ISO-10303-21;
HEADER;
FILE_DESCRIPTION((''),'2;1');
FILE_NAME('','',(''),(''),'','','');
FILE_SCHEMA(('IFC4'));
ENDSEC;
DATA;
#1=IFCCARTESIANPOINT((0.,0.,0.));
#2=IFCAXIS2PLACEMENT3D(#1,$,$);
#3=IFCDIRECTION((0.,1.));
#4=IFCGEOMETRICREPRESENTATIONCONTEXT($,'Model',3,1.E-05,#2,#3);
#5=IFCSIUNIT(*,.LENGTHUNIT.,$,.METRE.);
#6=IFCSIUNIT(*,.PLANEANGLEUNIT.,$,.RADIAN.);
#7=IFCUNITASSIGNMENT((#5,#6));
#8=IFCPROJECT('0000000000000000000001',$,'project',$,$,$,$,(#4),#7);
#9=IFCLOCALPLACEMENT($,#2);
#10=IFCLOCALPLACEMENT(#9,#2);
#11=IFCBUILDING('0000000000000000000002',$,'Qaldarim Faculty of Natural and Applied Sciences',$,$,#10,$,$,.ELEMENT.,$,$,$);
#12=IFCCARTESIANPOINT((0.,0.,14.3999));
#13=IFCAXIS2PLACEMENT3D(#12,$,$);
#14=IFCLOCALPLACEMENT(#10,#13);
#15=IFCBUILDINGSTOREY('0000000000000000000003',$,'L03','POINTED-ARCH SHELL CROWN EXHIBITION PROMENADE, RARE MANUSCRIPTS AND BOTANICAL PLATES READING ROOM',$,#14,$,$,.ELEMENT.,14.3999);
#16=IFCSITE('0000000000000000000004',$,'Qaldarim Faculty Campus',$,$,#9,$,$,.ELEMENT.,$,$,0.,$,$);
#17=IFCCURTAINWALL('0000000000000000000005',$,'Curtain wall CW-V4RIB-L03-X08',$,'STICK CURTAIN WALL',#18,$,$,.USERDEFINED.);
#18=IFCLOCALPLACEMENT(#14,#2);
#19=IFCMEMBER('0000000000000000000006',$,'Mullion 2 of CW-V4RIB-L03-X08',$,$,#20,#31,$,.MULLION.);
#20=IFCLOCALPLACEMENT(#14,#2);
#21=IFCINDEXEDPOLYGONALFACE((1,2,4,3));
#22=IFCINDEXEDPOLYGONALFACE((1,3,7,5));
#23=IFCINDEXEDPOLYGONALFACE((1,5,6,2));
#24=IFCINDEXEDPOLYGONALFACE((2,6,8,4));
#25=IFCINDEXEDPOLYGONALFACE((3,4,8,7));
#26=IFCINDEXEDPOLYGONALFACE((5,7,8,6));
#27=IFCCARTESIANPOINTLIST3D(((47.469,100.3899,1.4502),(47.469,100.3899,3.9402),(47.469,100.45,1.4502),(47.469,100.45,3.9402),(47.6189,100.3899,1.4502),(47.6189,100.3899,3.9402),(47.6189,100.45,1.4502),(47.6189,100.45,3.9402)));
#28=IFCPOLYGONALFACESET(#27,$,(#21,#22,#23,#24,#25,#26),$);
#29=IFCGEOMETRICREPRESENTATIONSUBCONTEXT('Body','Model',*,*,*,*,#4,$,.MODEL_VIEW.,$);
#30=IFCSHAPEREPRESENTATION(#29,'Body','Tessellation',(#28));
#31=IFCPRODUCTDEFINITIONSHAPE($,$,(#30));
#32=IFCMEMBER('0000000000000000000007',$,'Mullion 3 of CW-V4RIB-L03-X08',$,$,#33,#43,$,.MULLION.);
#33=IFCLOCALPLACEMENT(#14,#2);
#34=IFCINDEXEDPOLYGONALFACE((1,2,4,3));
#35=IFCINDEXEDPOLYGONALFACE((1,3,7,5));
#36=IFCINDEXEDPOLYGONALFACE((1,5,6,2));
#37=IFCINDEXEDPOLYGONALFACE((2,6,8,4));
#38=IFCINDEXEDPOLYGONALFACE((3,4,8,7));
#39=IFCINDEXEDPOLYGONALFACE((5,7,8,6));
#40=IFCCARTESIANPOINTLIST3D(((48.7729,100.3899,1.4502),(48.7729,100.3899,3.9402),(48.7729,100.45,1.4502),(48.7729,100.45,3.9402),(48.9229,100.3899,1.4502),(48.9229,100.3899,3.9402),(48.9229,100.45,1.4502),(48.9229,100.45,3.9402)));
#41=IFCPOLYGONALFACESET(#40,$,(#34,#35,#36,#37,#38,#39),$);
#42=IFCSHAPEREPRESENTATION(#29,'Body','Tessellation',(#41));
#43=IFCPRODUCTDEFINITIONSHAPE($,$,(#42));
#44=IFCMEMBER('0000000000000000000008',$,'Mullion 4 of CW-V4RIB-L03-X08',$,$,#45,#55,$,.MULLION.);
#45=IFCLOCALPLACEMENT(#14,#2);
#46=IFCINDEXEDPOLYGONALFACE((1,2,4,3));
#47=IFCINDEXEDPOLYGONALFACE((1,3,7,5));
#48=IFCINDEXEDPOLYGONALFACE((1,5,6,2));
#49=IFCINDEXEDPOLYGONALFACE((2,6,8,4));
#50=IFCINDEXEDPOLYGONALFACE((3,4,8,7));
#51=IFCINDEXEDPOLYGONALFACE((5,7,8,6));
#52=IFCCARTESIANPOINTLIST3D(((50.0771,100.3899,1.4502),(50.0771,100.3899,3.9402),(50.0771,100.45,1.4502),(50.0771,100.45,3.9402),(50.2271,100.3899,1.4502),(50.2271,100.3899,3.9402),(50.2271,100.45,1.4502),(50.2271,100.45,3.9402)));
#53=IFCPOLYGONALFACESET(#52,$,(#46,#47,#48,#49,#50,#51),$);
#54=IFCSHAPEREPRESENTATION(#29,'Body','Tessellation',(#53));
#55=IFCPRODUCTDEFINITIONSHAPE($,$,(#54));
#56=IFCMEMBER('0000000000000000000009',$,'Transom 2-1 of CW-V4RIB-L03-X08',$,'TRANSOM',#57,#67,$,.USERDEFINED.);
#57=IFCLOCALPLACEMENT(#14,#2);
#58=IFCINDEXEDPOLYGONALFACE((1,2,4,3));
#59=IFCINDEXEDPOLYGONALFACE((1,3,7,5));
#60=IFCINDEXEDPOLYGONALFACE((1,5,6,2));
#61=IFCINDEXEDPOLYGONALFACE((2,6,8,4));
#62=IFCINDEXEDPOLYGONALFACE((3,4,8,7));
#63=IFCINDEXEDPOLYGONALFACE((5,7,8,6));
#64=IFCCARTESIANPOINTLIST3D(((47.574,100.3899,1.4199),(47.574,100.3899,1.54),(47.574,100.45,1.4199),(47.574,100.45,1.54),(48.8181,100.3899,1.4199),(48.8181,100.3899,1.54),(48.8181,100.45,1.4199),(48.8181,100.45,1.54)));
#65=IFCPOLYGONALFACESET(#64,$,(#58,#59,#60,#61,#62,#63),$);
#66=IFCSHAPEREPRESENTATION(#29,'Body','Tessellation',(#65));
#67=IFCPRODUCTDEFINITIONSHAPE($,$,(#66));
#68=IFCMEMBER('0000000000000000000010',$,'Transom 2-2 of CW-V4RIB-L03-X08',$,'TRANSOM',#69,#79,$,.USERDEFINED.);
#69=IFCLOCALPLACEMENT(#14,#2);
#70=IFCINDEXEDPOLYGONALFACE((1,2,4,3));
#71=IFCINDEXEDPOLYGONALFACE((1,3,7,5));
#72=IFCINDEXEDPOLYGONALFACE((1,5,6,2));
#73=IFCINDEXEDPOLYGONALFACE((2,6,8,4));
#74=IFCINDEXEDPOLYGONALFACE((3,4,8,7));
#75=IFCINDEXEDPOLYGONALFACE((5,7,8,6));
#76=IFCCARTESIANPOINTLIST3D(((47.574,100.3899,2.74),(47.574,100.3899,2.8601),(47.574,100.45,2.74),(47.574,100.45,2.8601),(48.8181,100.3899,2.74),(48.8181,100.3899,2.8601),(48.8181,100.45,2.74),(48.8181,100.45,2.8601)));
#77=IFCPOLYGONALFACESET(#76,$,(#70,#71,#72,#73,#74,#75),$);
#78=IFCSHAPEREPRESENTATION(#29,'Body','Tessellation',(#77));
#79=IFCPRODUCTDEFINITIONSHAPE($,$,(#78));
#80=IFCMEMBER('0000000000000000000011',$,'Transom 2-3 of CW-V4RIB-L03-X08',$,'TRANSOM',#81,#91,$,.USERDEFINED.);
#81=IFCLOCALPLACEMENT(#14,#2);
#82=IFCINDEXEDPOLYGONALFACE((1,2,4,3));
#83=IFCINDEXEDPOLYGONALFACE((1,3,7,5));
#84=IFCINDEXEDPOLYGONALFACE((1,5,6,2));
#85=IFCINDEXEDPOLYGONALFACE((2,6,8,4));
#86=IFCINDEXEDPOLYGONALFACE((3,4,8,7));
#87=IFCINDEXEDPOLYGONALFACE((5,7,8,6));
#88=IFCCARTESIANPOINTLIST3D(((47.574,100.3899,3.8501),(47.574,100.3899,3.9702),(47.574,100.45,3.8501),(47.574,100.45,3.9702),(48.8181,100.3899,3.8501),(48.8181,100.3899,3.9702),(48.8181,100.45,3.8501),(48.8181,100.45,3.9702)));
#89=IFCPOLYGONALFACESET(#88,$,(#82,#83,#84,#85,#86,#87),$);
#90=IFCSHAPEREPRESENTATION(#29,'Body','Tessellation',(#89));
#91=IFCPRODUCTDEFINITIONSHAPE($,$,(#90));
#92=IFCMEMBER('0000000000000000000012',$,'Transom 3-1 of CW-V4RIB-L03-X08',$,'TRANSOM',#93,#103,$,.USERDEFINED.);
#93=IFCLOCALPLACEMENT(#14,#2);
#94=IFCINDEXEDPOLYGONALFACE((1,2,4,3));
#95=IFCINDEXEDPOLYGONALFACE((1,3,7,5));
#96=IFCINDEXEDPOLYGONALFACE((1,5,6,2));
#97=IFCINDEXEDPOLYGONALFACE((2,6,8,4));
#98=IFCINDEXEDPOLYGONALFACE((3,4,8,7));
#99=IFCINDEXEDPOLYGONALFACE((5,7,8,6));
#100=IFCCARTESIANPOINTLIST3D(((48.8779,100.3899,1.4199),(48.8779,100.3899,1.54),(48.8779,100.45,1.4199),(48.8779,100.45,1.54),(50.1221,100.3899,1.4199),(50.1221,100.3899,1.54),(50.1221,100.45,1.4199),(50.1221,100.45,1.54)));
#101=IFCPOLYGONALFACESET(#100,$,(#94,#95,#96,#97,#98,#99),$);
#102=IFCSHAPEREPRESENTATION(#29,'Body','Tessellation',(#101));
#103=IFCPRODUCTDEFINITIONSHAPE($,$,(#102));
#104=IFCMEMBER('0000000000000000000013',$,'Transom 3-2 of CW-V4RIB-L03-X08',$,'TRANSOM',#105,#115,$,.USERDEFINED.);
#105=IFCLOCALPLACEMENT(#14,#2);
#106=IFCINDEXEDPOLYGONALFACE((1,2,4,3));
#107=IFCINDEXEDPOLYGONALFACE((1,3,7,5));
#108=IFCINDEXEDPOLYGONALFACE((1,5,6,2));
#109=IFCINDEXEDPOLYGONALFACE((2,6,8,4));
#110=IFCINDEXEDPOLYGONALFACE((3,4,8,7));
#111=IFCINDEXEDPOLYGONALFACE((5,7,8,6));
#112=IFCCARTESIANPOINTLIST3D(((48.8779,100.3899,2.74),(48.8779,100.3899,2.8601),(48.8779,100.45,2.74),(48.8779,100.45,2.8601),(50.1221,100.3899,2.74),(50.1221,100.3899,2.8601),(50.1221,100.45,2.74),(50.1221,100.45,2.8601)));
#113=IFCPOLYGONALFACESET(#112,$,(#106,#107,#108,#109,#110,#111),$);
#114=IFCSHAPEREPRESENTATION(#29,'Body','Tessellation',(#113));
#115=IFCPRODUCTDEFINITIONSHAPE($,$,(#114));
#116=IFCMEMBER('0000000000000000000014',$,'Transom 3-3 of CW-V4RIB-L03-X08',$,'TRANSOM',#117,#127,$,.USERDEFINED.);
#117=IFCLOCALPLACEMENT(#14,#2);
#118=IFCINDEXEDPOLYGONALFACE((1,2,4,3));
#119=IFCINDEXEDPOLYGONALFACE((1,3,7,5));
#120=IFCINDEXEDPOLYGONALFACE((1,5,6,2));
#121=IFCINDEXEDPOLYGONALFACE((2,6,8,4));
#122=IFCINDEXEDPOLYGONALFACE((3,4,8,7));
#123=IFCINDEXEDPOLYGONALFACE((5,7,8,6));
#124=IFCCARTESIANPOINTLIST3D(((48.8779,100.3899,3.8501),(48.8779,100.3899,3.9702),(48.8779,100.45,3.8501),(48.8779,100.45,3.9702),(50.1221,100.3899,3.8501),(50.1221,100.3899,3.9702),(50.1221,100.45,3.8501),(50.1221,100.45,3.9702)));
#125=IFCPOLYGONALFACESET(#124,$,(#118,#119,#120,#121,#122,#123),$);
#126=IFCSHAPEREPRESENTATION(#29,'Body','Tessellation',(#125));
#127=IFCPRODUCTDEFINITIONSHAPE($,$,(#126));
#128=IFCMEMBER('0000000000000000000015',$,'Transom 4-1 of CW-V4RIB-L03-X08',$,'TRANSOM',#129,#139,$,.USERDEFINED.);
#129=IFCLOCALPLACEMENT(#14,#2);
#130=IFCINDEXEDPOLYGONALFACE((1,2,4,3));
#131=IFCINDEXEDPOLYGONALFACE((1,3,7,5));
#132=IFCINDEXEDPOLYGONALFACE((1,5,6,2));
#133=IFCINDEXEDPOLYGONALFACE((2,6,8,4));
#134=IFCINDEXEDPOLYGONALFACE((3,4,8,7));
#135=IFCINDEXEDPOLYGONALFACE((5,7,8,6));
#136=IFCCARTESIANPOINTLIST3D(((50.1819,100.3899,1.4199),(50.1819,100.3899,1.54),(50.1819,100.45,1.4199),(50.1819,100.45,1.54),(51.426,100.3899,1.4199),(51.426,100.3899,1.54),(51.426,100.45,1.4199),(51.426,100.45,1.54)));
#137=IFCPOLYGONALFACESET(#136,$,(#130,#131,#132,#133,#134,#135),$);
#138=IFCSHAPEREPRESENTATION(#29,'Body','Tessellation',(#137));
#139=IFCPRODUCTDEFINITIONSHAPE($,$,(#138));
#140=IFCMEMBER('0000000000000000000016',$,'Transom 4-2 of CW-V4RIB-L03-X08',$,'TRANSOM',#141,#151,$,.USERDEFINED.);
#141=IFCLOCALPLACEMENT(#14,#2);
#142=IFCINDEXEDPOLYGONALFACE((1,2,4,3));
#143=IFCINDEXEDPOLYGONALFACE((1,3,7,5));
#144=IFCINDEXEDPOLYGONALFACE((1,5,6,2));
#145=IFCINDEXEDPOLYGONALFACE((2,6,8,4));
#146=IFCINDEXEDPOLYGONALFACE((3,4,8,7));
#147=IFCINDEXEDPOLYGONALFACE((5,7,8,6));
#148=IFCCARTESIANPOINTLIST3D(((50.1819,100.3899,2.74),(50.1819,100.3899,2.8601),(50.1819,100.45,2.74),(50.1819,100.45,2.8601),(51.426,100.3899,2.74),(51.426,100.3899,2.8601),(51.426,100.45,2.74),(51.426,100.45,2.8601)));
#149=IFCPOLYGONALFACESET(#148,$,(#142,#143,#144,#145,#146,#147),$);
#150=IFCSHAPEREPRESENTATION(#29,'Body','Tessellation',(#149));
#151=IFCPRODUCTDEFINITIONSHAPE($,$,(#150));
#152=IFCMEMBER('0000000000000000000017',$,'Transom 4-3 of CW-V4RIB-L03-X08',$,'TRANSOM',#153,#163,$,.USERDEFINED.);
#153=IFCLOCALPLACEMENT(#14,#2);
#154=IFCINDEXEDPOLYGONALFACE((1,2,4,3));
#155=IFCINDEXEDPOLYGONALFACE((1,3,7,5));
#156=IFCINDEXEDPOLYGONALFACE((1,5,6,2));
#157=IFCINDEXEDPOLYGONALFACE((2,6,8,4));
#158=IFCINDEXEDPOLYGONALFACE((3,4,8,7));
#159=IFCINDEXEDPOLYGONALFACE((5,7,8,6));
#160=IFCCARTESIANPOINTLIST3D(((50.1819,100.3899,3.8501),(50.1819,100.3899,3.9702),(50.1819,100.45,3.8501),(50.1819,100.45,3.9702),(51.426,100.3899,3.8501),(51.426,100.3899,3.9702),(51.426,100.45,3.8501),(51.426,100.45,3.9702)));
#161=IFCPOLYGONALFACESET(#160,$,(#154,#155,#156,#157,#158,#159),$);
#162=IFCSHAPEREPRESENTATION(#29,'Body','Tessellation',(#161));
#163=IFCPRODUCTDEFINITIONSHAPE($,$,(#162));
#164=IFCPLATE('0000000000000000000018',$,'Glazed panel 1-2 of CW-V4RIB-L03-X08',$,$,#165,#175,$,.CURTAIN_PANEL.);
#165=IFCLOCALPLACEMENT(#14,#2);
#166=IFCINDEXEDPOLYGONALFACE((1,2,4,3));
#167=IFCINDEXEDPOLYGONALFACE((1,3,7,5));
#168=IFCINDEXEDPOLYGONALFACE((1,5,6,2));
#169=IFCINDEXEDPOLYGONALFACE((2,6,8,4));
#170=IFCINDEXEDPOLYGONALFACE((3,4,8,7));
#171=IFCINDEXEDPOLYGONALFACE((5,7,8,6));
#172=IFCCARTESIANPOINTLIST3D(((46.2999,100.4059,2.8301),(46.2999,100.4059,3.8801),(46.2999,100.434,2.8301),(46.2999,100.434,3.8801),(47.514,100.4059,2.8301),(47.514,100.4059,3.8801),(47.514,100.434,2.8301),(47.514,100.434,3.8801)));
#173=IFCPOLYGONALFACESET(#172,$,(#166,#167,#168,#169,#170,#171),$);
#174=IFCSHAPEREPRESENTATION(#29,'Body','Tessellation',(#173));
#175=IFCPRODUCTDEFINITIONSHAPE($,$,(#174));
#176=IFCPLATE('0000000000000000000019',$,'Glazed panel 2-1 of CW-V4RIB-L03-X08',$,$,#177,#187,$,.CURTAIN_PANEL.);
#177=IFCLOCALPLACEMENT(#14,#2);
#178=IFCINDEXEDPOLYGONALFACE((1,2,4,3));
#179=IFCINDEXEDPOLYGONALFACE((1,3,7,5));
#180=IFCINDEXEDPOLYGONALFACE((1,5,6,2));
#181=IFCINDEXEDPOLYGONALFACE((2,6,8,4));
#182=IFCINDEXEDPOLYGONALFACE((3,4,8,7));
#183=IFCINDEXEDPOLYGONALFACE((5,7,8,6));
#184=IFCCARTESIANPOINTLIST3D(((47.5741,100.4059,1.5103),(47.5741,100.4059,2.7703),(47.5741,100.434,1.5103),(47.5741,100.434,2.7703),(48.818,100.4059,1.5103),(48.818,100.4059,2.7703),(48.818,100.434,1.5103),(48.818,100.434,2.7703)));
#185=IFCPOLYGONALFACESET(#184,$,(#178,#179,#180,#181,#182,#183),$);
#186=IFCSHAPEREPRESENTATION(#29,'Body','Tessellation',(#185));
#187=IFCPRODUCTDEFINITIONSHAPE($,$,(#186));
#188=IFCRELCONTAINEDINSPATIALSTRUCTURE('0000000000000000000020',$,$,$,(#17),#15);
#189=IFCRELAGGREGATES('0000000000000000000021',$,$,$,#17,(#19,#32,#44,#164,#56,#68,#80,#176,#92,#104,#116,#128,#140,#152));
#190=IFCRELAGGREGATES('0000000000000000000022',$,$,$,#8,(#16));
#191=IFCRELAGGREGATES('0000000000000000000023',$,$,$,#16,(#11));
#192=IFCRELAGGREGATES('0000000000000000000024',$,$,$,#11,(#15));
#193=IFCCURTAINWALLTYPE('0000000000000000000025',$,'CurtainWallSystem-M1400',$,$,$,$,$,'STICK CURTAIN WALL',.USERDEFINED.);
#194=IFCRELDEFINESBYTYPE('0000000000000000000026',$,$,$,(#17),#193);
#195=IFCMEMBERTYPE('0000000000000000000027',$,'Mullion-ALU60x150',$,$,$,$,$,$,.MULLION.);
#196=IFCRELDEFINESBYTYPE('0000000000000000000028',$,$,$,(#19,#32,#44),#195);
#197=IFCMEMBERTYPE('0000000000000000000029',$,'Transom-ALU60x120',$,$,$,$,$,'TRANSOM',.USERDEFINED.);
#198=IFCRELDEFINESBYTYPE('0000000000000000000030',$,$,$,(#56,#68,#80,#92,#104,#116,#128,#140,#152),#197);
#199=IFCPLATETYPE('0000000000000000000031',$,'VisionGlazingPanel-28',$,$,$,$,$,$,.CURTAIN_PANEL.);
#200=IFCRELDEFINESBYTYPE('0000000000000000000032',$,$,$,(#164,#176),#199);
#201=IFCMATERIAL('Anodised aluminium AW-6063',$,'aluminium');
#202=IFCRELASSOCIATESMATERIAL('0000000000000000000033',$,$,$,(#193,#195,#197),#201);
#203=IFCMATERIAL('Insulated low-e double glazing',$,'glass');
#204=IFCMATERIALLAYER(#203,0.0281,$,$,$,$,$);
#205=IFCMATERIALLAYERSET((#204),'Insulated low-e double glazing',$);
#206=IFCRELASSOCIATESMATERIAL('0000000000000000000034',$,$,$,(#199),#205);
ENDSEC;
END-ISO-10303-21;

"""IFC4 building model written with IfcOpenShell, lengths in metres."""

from ifc_helpers import new_model, si_unit, direction, frame, origin, origin_2d, place, context, subcontext, project, spatial, rectangle, extrude, material, layer, layer_set, material_profile, profile_set, type_object, element, aggregate, save


model = new_model("IFC4")

# Units and contexts
model_context = context("Model", 3, precision=1e-05, world=origin(), true_north=direction((0.0, 1.0)))
body_context = subcontext(model_context, "Body", "Model", "MODEL_VIEW")
ifc_project = project(units=[si_unit("LENGTHUNIT", "METRE"), si_unit("PLANEANGLEUNIT", "RADIAN")], contexts=[model_context])

# Site, building, storey
site_placement = place(None, origin())
site = spatial("IfcSite", under=ifc_project, at=site_placement, Name="Qaldarim Faculty Campus", CompositionType="ELEMENT", RefElevation=0.0)
building_placement = place(site_placement, origin())
building = spatial("IfcBuilding", under=site, at=building_placement, Name="Qaldarim Faculty of Natural and Applied Sciences", CompositionType="ELEMENT")
storey_placement = place(building_placement, frame((0.0, 0.0, 14.3999)))
storey = spatial("IfcBuildingStorey", under=building, at=storey_placement, Name="L03", Description="POINTED-ARCH SHELL CROWN EXHIBITION PROMENADE, RARE MANUSCRIPTS AND BOTANICAL PLATES READING ROOM", CompositionType="ELEMENT", Elevation=14.3999)

# Curtain wall, members, plates
ifc_material_1 = material(Name="Anodised aluminium AW-6063", Category="aluminium")
curtain_wall_type = type_object("IfcCurtainWallType", Name="CurtainWallSystem-M1400", ElementType="STICK CURTAIN WALL", PredefinedType="USERDEFINED", material=ifc_material_1)
curtain_wall_placement = place(storey_placement, origin())
curtain_wall = element("IfcCurtainWall", 1, at=curtain_wall_placement, inside=storey, type_object=curtain_wall_type, Name="Curtain wall CW-V4RIB-L03-X08", ObjectType="STICK CURTAIN WALL", PredefinedType="USERDEFINED")
ifc_material_profile_1 = material_profile(ifc_material_1, rectangle(XDim=0.0601, YDim=0.1499, at=origin_2d()), Name="ALU-M60x150")
ifc_profile_set_1 = profile_set([ifc_material_profile_1], Name="Anodised aluminium AW-6063")
member_type_1 = type_object("IfcMemberType", Name="Mullion-ALU60x150", PredefinedType="MULLION", material=ifc_profile_set_1)
member_1_placement = place(storey_placement, frame((47.5439, 100.4199, 1.4502), z_axis=(0.0, 0.0, 1.0), x_axis=(0.0, 1.0, 0.0)))
member_1 = element("IfcMember", 2, at=member_1_placement, type_object=member_type_1, Name="Mullion 2 of CW-V4RIB-L03-X08", PredefinedType="MULLION", context=body_context, shape_type="SweptSolid", body=[
    extrude(rectangle(XDim=0.0601, YDim=0.1499, at=origin_2d()), origin(), (0.0, 0.0, 1.0), 2.49),
])
member_2_placement = place(storey_placement, frame((48.8479, 100.4199, 1.4502), z_axis=(0.0, 0.0, 1.0), x_axis=(0.0, 1.0, 0.0)))
member_2 = element("IfcMember", 3, at=member_2_placement, type_object=member_type_1, Name="Mullion 3 of CW-V4RIB-L03-X08", PredefinedType="MULLION", context=body_context, shape_type="SweptSolid", body=[
    extrude(rectangle(XDim=0.0601, YDim=0.1499, at=origin_2d()), origin(), (0.0, 0.0, 1.0), 2.49),
])
member_3_placement = place(storey_placement, frame((50.1521, 100.4199, 1.4502), z_axis=(0.0, 0.0, 1.0), x_axis=(0.0, 1.0, 0.0)))
member_3 = element("IfcMember", 4, at=member_3_placement, type_object=member_type_1, Name="Mullion 4 of CW-V4RIB-L03-X08", PredefinedType="MULLION", context=body_context, shape_type="SweptSolid", body=[
    extrude(rectangle(XDim=0.0601, YDim=0.1499, at=origin_2d()), origin(), (0.0, 0.0, 1.0), 2.49),
])
ifc_material_profile_2 = material_profile(ifc_material_1, rectangle(XDim=0.0601, YDim=0.1201, at=origin_2d()), Name="ALU-T60x120")
ifc_profile_set_2 = profile_set([ifc_material_profile_2], Name="Anodised aluminium AW-6063")
member_type_2 = type_object("IfcMemberType", Name="Transom-ALU60x120", ElementType="TRANSOM", PredefinedType="USERDEFINED", material=ifc_profile_set_2)
member_4_placement = place(storey_placement, frame((47.574, 100.4199, 1.48), z_axis=(1.0, 0.0, 0.0), x_axis=(0.0, 1.0, 0.0)))
member_4 = element("IfcMember", 5, at=member_4_placement, type_object=member_type_2, Name="Transom 2-1 of CW-V4RIB-L03-X08", ObjectType="TRANSOM", PredefinedType="USERDEFINED", context=body_context, shape_type="SweptSolid", body=[
    extrude(rectangle(XDim=0.0601, YDim=0.1201, at=origin_2d()), origin(), (0.0, 0.0, 1.0), 1.2441),
])
member_5_placement = place(storey_placement, frame((47.574, 100.4199, 2.8), z_axis=(1.0, 0.0, 0.0), x_axis=(0.0, 1.0, 0.0)))
member_5 = element("IfcMember", 6, at=member_5_placement, type_object=member_type_2, Name="Transom 2-2 of CW-V4RIB-L03-X08", ObjectType="TRANSOM", PredefinedType="USERDEFINED", context=body_context, shape_type="SweptSolid", body=[
    extrude(rectangle(XDim=0.0601, YDim=0.1201, at=origin_2d()), origin(), (0.0, 0.0, 1.0), 1.2441),
])
member_6_placement = place(storey_placement, frame((47.574, 100.4199, 3.9102), z_axis=(1.0, 0.0, 0.0), x_axis=(0.0, 1.0, 0.0)))
member_6 = element("IfcMember", 7, at=member_6_placement, type_object=member_type_2, Name="Transom 2-3 of CW-V4RIB-L03-X08", ObjectType="TRANSOM", PredefinedType="USERDEFINED", context=body_context, shape_type="SweptSolid", body=[
    extrude(rectangle(XDim=0.0601, YDim=0.1201, at=origin_2d()), origin(), (0.0, 0.0, 1.0), 1.2441),
])
member_7_placement = place(storey_placement, frame((48.8779, 100.4199, 1.48), z_axis=(1.0, 0.0, 0.0), x_axis=(0.0, 1.0, 0.0)))
member_7 = element("IfcMember", 8, at=member_7_placement, type_object=member_type_2, Name="Transom 3-1 of CW-V4RIB-L03-X08", ObjectType="TRANSOM", PredefinedType="USERDEFINED", context=body_context, shape_type="SweptSolid", body=[
    extrude(rectangle(XDim=0.0601, YDim=0.1201, at=origin_2d()), origin(), (0.0, 0.0, 1.0), 1.2441),
])
member_8_placement = place(storey_placement, frame((48.8779, 100.4199, 2.8), z_axis=(1.0, 0.0, 0.0), x_axis=(0.0, 1.0, 0.0)))
member_8 = element("IfcMember", 9, at=member_8_placement, type_object=member_type_2, Name="Transom 3-2 of CW-V4RIB-L03-X08", ObjectType="TRANSOM", PredefinedType="USERDEFINED", context=body_context, shape_type="SweptSolid", body=[
    extrude(rectangle(XDim=0.0601, YDim=0.1201, at=origin_2d()), origin(), (0.0, 0.0, 1.0), 1.2441),
])
member_9_placement = place(storey_placement, frame((48.8779, 100.4199, 3.9102), z_axis=(1.0, 0.0, 0.0), x_axis=(0.0, 1.0, 0.0)))
member_9 = element("IfcMember", 10, at=member_9_placement, type_object=member_type_2, Name="Transom 3-3 of CW-V4RIB-L03-X08", ObjectType="TRANSOM", PredefinedType="USERDEFINED", context=body_context, shape_type="SweptSolid", body=[
    extrude(rectangle(XDim=0.0601, YDim=0.1201, at=origin_2d()), origin(), (0.0, 0.0, 1.0), 1.2441),
])
member_10_placement = place(storey_placement, frame((50.1819, 100.4199, 1.48), z_axis=(1.0, 0.0, 0.0), x_axis=(0.0, 1.0, 0.0)))
member_10 = element("IfcMember", 11, at=member_10_placement, type_object=member_type_2, Name="Transom 4-1 of CW-V4RIB-L03-X08", ObjectType="TRANSOM", PredefinedType="USERDEFINED", context=body_context, shape_type="SweptSolid", body=[
    extrude(rectangle(XDim=0.0601, YDim=0.1201, at=origin_2d()), origin(), (0.0, 0.0, 1.0), 1.2441),
])
member_11_placement = place(storey_placement, frame((50.1819, 100.4199, 2.8), z_axis=(1.0, 0.0, 0.0), x_axis=(0.0, 1.0, 0.0)))
member_11 = element("IfcMember", 12, at=member_11_placement, type_object=member_type_2, Name="Transom 4-2 of CW-V4RIB-L03-X08", ObjectType="TRANSOM", PredefinedType="USERDEFINED", context=body_context, shape_type="SweptSolid", body=[
    extrude(rectangle(XDim=0.0601, YDim=0.1201, at=origin_2d()), origin(), (0.0, 0.0, 1.0), 1.2441),
])
member_12_placement = place(storey_placement, frame((50.1819, 100.4199, 3.9102), z_axis=(1.0, 0.0, 0.0), x_axis=(0.0, 1.0, 0.0)))
member_12 = element("IfcMember", 13, at=member_12_placement, type_object=member_type_2, Name="Transom 4-3 of CW-V4RIB-L03-X08", ObjectType="TRANSOM", PredefinedType="USERDEFINED", context=body_context, shape_type="SweptSolid", body=[
    extrude(rectangle(XDim=0.0601, YDim=0.1201, at=origin_2d()), origin(), (0.0, 0.0, 1.0), 1.2441),
])
ifc_material_2 = material(Name="Insulated low-e double glazing", Category="glass")
ifc_layer_1 = layer(ifc_material_2, 0.0281)
ifc_layer_set_1 = layer_set([ifc_layer_1], Name="Insulated low-e double glazing")
plate_type = type_object("IfcPlateType", Name="VisionGlazingPanel-28", PredefinedType="CURTAIN_PANEL", material=ifc_layer_set_1)
plate_1_placement = place(storey_placement, frame((46.907, 100.4199, 2.8301), z_axis=(0.0, 0.0, 1.0), x_axis=(1.0, 0.0, 0.0)))
plate_1 = element("IfcPlate", 14, at=plate_1_placement, type_object=plate_type, Name="Glazed panel 1-2 of CW-V4RIB-L03-X08", PredefinedType="CURTAIN_PANEL", context=body_context, shape_type="SweptSolid", body=[
    extrude(rectangle(XDim=1.2141, YDim=0.0281, at=origin_2d()), origin(), (0.0, 0.0, 1.0), 1.05),
])
plate_2_placement = place(storey_placement, frame((48.196, 100.4199, 1.5103), z_axis=(0.0, 0.0, 1.0), x_axis=(1.0, 0.0, 0.0)))
plate_2 = element("IfcPlate", 15, at=plate_2_placement, type_object=plate_type, Name="Glazed panel 2-1 of CW-V4RIB-L03-X08", PredefinedType="CURTAIN_PANEL", context=body_context, shape_type="SweptSolid", body=[
    extrude(rectangle(XDim=1.2439, YDim=0.0281, at=origin_2d()), origin(), (0.0, 0.0, 1.0), 1.26),
])
aggregate(curtain_wall, [member_1, member_2, member_3, plate_1, member_4, member_5, member_6, plate_2, member_7, member_8, member_9, member_10, member_11, member_12])

save(model, "model.ifc")
